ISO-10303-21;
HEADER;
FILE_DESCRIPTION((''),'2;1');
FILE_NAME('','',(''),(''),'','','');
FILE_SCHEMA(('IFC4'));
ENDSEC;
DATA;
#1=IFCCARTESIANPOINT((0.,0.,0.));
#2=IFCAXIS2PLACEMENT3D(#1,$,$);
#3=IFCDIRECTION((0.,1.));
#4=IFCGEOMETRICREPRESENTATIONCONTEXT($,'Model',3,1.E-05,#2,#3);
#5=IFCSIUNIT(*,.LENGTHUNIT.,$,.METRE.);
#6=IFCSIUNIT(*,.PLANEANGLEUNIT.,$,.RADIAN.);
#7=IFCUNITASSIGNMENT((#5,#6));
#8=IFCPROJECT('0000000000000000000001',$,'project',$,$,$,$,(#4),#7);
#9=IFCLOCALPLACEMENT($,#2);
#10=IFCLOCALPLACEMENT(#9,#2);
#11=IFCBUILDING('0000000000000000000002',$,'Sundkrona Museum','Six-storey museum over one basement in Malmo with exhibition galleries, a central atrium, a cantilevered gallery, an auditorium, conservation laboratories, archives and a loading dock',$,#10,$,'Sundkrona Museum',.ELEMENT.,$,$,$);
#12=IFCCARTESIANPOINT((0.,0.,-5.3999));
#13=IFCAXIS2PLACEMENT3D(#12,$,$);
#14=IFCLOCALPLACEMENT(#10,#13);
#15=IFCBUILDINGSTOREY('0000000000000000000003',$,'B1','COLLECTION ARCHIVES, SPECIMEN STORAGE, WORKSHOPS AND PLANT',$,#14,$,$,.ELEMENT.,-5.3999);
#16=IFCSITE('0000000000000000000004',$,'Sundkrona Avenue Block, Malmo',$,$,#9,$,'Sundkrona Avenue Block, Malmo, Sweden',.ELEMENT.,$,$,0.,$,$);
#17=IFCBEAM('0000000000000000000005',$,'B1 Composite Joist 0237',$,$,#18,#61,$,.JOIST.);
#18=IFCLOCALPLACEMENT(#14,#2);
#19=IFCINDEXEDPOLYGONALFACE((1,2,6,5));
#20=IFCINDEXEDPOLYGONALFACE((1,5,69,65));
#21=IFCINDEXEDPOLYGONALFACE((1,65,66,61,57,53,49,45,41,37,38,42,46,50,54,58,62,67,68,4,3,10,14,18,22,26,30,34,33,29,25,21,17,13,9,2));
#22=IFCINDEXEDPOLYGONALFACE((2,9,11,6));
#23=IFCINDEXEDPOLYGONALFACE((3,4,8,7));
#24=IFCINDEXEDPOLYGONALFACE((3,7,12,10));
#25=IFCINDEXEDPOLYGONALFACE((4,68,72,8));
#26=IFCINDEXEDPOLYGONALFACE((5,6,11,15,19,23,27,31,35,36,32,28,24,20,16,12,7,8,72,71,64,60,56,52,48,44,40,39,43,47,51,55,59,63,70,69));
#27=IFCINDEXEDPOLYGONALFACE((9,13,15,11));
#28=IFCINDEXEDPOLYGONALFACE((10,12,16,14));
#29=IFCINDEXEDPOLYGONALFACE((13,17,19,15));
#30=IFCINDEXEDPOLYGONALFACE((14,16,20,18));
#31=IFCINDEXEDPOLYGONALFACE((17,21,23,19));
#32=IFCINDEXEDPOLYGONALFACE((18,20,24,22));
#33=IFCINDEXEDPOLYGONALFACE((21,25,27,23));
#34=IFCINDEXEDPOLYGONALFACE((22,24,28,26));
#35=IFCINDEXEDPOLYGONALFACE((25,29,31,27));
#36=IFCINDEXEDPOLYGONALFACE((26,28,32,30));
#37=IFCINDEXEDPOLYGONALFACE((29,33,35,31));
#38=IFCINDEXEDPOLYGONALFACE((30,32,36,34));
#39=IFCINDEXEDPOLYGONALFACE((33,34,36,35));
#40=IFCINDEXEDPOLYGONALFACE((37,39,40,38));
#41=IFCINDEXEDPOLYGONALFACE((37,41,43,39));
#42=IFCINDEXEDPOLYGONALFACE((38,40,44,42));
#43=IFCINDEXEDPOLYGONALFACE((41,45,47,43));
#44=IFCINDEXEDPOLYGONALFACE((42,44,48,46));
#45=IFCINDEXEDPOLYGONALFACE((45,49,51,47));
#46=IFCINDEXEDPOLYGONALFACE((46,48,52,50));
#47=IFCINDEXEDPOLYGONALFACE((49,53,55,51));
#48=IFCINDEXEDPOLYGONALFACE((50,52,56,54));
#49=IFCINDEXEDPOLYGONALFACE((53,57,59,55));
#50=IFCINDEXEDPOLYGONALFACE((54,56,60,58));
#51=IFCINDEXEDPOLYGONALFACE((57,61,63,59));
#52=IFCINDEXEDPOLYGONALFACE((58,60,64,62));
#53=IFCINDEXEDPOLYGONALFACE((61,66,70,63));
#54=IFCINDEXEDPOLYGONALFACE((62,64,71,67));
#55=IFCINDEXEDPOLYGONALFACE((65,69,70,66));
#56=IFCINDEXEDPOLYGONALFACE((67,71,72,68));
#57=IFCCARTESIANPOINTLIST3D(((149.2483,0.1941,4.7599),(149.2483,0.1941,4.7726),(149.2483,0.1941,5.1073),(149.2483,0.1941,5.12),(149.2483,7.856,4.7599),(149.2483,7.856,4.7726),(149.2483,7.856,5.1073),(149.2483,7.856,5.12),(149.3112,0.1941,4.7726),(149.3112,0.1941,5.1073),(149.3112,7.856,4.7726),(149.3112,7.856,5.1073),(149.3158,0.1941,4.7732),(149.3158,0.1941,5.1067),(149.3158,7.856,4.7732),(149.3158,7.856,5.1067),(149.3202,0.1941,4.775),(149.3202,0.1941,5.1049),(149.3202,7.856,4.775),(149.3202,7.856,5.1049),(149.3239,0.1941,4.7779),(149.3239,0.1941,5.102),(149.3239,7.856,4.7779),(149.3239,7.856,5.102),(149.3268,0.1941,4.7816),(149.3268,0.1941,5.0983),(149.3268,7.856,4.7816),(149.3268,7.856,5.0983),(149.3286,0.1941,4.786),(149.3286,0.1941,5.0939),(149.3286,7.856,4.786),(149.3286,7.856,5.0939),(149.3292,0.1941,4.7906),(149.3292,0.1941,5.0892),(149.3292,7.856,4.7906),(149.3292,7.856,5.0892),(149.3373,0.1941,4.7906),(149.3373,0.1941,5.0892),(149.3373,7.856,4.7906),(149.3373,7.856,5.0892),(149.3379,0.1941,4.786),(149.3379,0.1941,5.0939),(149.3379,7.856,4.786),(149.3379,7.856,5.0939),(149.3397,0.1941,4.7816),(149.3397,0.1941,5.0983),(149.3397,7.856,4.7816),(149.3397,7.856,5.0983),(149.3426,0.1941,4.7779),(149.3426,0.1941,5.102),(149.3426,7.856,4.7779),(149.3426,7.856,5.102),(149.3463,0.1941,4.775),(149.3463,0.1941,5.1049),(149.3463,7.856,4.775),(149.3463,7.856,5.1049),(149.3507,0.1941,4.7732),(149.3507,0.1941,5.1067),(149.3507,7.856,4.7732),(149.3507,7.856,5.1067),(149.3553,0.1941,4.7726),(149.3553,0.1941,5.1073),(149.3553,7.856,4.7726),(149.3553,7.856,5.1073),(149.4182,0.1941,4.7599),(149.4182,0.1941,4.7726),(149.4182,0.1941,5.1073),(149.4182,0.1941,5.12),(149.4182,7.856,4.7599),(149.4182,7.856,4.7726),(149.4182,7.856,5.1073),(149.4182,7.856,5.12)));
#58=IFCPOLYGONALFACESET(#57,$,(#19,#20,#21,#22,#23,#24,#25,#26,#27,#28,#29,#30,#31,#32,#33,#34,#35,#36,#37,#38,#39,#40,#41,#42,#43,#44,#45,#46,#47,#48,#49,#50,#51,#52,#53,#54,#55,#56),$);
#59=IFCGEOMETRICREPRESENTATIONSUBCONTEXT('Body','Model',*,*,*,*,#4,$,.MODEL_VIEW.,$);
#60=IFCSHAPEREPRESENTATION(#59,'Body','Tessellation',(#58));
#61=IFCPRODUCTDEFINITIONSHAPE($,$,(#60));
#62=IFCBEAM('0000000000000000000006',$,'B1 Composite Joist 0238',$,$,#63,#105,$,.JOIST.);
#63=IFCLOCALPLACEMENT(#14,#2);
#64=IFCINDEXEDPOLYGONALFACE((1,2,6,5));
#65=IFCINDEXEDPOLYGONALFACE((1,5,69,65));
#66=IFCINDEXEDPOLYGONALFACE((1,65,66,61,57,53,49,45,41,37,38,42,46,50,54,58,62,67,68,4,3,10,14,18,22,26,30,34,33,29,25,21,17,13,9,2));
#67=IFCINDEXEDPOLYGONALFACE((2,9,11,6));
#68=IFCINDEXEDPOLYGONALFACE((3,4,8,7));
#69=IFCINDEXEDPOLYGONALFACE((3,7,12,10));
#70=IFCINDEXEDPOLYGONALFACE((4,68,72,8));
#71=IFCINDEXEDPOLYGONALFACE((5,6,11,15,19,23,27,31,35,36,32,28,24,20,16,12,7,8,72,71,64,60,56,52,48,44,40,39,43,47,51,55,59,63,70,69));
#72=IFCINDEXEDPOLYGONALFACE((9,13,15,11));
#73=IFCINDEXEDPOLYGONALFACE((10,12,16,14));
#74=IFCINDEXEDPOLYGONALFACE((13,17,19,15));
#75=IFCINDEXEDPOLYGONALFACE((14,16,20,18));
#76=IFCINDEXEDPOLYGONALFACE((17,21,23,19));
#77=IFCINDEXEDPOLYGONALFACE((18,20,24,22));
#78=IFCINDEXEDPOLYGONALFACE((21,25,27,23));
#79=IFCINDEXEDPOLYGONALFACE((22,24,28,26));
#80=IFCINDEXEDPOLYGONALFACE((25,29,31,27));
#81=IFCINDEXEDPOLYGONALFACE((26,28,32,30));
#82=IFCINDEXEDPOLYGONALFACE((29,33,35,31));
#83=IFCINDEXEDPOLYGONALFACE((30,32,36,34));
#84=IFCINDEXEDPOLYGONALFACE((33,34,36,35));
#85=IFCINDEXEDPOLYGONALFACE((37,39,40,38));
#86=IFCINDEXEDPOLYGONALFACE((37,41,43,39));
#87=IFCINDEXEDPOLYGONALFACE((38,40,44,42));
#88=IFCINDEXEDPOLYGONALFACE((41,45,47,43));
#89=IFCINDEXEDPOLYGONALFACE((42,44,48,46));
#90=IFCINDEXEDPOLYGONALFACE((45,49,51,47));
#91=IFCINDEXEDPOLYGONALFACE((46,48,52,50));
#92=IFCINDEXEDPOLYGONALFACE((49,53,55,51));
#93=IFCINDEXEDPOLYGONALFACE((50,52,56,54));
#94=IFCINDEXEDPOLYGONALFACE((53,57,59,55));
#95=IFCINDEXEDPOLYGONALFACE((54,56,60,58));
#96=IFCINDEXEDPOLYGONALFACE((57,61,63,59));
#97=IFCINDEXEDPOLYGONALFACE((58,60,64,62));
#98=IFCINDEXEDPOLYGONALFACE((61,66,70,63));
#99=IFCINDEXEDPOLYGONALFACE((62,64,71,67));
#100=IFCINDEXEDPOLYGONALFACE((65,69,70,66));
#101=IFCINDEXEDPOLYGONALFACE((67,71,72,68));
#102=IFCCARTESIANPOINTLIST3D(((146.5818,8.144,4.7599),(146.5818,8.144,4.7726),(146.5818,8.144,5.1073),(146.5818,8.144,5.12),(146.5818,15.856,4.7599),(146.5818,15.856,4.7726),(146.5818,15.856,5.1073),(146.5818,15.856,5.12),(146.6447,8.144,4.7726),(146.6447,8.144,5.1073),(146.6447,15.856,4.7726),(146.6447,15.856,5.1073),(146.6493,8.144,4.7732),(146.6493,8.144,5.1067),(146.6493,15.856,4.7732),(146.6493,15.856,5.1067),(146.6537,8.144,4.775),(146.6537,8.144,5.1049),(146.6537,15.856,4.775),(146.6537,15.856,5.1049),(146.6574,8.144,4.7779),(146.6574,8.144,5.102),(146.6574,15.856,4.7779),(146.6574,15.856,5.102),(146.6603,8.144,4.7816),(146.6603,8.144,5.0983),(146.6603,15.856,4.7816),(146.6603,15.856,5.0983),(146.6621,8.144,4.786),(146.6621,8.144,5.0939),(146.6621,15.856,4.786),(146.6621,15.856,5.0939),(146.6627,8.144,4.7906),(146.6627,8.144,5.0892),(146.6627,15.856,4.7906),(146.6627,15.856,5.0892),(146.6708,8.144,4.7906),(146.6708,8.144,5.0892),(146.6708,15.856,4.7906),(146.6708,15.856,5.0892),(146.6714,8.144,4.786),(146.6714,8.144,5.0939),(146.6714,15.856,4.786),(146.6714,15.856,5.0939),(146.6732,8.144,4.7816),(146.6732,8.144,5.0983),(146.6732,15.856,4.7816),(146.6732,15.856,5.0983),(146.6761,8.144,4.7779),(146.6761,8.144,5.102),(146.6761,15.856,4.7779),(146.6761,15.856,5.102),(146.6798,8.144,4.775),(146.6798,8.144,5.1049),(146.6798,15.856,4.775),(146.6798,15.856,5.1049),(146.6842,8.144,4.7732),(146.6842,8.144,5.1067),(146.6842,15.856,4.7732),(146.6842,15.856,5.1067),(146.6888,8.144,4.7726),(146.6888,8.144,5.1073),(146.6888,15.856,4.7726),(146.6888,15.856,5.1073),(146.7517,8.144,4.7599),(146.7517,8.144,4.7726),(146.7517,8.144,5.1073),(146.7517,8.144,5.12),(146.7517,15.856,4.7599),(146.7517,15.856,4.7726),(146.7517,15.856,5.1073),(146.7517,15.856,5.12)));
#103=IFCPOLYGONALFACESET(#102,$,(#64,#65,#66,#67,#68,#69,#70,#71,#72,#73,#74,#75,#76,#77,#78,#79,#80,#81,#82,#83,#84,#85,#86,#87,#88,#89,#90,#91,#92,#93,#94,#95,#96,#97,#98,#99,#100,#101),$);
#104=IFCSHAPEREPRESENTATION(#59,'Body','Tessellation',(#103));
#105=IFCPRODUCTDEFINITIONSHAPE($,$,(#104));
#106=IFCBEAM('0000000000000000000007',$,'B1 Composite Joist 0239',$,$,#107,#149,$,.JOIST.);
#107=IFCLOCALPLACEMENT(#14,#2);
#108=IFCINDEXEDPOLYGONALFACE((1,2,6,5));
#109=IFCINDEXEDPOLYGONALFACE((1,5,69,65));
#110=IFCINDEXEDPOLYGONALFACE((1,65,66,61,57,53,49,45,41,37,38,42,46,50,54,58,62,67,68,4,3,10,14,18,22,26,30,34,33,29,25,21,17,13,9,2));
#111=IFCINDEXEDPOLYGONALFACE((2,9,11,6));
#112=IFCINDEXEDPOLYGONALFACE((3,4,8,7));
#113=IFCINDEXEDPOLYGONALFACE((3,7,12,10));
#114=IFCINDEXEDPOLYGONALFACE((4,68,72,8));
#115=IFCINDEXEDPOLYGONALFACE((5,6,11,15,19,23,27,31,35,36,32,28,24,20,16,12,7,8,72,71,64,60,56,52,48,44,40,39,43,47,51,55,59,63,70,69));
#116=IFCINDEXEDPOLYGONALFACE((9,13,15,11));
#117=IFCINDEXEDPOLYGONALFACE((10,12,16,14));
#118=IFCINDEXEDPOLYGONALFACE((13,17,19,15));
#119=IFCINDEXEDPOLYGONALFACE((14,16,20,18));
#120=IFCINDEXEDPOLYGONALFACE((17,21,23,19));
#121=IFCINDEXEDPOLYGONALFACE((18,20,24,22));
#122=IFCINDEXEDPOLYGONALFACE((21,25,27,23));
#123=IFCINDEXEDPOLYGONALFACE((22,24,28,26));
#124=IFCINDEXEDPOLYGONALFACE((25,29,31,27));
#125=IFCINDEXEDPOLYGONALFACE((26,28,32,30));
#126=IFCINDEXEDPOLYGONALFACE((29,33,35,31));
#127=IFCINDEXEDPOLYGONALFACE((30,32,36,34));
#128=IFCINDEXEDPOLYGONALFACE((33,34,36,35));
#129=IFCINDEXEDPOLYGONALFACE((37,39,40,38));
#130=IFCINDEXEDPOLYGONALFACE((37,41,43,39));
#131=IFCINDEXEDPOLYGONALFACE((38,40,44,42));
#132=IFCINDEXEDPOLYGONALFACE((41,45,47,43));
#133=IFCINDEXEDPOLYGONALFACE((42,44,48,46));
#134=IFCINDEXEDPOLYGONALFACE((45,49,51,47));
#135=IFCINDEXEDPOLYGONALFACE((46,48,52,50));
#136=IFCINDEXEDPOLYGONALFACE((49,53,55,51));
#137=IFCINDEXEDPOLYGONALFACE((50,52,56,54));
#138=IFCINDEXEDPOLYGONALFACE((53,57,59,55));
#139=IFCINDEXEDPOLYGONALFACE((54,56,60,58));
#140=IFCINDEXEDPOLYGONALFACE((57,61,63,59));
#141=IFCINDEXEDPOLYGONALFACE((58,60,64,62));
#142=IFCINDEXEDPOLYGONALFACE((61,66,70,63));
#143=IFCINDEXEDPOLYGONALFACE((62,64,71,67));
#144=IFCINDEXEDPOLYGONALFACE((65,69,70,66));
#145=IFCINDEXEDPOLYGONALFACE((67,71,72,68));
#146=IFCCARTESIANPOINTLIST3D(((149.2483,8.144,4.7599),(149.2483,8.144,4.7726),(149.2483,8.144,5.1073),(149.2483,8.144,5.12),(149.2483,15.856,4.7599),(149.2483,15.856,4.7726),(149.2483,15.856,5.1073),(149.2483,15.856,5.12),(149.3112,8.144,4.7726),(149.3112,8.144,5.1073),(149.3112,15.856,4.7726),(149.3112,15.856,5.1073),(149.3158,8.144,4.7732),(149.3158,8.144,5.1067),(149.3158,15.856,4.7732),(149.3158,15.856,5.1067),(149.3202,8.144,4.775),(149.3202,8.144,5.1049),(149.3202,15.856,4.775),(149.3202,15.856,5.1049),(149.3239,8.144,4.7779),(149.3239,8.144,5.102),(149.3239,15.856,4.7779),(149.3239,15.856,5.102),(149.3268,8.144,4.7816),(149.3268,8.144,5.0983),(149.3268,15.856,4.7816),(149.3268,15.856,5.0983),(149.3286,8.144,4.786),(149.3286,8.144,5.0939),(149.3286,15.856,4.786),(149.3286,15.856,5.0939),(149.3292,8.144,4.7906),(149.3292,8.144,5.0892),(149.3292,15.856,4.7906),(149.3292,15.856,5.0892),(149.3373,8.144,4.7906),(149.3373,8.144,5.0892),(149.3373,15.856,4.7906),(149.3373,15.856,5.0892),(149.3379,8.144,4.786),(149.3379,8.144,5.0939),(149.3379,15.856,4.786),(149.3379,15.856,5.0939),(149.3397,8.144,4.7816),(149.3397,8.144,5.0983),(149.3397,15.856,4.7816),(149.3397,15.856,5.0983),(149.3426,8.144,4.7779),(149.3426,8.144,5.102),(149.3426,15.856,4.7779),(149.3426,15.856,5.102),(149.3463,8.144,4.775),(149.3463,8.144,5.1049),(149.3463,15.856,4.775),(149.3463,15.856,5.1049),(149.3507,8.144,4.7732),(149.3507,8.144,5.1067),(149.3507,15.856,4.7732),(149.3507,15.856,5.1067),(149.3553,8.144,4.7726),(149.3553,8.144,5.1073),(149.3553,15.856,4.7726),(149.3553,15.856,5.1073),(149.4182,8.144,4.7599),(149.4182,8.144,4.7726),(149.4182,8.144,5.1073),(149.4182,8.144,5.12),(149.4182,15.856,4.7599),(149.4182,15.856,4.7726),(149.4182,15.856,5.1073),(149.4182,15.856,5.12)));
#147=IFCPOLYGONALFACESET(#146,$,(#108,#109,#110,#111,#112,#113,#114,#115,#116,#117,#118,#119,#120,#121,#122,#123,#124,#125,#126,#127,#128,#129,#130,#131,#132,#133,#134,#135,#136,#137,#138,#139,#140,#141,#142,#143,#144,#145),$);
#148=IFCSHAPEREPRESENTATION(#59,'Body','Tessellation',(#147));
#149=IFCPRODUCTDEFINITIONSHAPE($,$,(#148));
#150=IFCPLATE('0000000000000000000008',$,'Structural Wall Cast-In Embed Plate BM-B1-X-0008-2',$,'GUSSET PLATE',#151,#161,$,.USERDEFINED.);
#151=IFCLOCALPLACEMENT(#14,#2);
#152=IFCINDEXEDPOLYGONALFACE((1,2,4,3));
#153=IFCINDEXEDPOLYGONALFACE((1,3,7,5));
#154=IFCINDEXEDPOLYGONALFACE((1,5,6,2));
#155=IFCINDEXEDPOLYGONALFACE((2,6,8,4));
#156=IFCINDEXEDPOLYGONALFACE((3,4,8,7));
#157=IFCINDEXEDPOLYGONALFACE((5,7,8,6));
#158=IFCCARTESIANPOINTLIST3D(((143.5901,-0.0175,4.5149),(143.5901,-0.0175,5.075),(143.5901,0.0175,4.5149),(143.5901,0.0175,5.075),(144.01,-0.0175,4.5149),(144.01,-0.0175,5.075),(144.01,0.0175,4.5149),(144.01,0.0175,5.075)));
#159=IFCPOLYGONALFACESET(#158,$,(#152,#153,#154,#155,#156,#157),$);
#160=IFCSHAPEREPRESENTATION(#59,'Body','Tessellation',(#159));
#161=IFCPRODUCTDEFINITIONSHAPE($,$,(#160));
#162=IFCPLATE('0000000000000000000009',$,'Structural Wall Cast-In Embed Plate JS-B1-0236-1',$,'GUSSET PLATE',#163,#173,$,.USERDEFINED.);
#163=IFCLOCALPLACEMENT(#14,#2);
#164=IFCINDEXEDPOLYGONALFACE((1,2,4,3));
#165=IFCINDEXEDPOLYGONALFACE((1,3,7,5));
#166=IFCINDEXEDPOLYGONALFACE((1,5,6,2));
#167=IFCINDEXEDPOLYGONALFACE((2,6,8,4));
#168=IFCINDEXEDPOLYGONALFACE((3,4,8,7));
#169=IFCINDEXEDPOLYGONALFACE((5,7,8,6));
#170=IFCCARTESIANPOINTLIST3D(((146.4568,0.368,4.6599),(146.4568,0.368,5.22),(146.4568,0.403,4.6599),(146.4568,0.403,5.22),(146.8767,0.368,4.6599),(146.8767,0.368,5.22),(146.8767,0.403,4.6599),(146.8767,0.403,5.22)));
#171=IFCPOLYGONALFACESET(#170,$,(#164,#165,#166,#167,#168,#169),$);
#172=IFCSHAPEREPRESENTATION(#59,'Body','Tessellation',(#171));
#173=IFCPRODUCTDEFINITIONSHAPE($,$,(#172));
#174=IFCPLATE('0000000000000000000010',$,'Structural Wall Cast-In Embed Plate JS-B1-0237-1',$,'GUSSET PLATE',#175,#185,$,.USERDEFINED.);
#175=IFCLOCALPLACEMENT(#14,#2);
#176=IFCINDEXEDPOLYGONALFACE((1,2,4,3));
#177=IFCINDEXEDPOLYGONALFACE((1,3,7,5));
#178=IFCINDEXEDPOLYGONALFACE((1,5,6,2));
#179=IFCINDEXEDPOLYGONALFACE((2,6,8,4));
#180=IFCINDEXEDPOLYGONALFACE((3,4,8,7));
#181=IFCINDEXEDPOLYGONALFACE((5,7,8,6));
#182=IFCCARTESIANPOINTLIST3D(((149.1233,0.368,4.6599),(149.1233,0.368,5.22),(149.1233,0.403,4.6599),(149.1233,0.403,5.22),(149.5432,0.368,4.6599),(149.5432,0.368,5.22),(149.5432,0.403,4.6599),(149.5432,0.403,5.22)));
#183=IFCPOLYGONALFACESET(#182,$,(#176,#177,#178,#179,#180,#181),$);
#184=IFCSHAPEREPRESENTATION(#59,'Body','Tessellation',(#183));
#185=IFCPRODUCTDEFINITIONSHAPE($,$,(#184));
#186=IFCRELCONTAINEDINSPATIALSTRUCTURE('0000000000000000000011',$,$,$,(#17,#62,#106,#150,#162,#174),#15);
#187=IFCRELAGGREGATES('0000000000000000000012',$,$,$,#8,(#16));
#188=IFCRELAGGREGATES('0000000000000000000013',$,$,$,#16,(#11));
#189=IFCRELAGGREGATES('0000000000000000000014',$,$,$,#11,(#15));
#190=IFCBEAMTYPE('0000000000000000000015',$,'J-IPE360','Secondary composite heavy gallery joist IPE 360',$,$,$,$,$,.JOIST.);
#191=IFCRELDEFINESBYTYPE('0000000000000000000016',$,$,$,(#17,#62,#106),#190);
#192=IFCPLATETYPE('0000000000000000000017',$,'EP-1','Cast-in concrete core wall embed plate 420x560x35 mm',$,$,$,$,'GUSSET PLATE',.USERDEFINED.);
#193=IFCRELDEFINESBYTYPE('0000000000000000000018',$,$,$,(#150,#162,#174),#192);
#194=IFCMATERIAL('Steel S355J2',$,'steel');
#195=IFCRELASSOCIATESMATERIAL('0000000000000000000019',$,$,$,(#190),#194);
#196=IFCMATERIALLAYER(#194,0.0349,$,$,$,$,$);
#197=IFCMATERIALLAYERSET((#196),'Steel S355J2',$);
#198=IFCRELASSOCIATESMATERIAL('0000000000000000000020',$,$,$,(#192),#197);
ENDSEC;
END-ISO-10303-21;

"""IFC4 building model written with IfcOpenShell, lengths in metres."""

from ifc_helpers import new_model, si_unit, direction, frame, origin, origin_2d, place, context, subcontext, project, spatial, rectangle, i_section, extrude, material, layer, layer_set, material_profile, profile_set, type_object, element, save


model = new_model("IFC4")

# Units and contexts
model_context = context("Model", 3, precision=1e-05, world=origin(), true_north=direction((0.0, 1.0)))
body_context = subcontext(model_context, "Body", "Model", "MODEL_VIEW")
ifc_project = project(units=[si_unit("LENGTHUNIT", "METRE"), si_unit("PLANEANGLEUNIT", "RADIAN")], contexts=[model_context])

# Site, building, storey
site_placement = place(None, origin())
site = spatial("IfcSite", under=ifc_project, at=site_placement, Name="Sundkrona Avenue Block, Malmo", LongName="Sundkrona Avenue Block, Malmo, Sweden", CompositionType="ELEMENT", RefElevation=0.0)
building_placement = place(site_placement, origin())
building = spatial("IfcBuilding", under=site, at=building_placement, Name="Sundkrona Museum", Description="Six-storey museum over one basement in Malmo with exhibition galleries, a central atrium, a cantilevered gallery, an auditorium, conservation laboratories, archives and a loading dock", LongName="Sundkrona Museum", CompositionType="ELEMENT")
storey_placement = place(building_placement, frame((0.0, 0.0, -5.3999)))
storey = spatial("IfcBuildingStorey", under=building, at=storey_placement, Name="B1", Description="COLLECTION ARCHIVES, SPECIMEN STORAGE, WORKSHOPS AND PLANT", CompositionType="ELEMENT", Elevation=-5.3999)

# Beams
ifc_material_1 = material(Name="Steel S355J2", Category="steel")
ifc_material_profile_1 = material_profile(ifc_material_1, i_section(OverallWidth=0.1699, OverallDepth=0.3601, WebThickness=0.0081, FlangeThickness=0.0127, FilletRadius=0.0181, at=origin_2d()), Name="IPE 360")
ifc_profile_set_1 = profile_set([ifc_material_profile_1], Name="Steel S355J2")
beam_type_1 = type_object("IfcBeamType", Name="J-IPE360", Description="Secondary composite heavy gallery joist IPE 360", PredefinedType="JOIST", material=ifc_profile_set_1)
for number, where, z_axis, x_axis, name in (
    (1, (149.3333, 0.1941, 4.9399), (0.0, 1.0, 0.0), (-1.0, 0.0, 0.0), "B1 Composite Joist 0237"),
):
    element("IfcBeam", number, at=place(storey_placement, frame(where, z_axis=z_axis, x_axis=x_axis)), inside=storey, type_object=beam_type_1, Name=name, PredefinedType="JOIST", context=body_context, shape_type="SweptSolid", body=[
        extrude(i_section(OverallWidth=0.1699, OverallDepth=0.3601, WebThickness=0.0081, FlangeThickness=0.0127, FilletRadius=0.0181, at=origin_2d()), origin(), (0.0, 0.0, 1.0), 7.6619),
    ])
for number, where, z_axis, x_axis, name in (
    (2, (146.6667, 8.144, 4.9399), (0.0, 1.0, 0.0), (-1.0, 0.0, 0.0), "B1 Composite Joist 0238"),
    (3, (149.3333, 8.144, 4.9399), (0.0, 1.0, 0.0), (-1.0, 0.0, 0.0), "B1 Composite Joist 0239"),
):
    element("IfcBeam", number, at=place(storey_placement, frame(where, z_axis=z_axis, x_axis=x_axis)), inside=storey, type_object=beam_type_1, Name=name, PredefinedType="JOIST", context=body_context, shape_type="SweptSolid", body=[
        extrude(i_section(OverallWidth=0.1699, OverallDepth=0.3601, WebThickness=0.0081, FlangeThickness=0.0127, FilletRadius=0.0181, at=origin_2d()), origin(), (0.0, 0.0, 1.0), 7.7119),
    ])

# Plates
ifc_layer = layer(ifc_material_1, 0.0349)
ifc_layer_set = layer_set([ifc_layer], Name="Steel S355J2")
plate_type = type_object("IfcPlateType", Name="EP-1", Description="Cast-in concrete core wall embed plate 420x560x35 mm", ElementType="GUSSET PLATE", PredefinedType="USERDEFINED", material=ifc_layer_set)
for number, where, z_axis, x_axis, name in (
    (4, (143.8, 0.0, 4.5149), (0.0, 0.0, 1.0), (1.0, 0.0, 0.0), "Structural Wall Cast-In Embed Plate BM-B1-X-0008-2"),
    (5, (146.6667, 0.3855, 4.6599), (0.0, 0.0, 1.0), (1.0, 0.0, 0.0), "Structural Wall Cast-In Embed Plate JS-B1-0236-1"),
    (6, (149.3333, 0.3855, 4.6599), (0.0, 0.0, 1.0), (1.0, 0.0, 0.0), "Structural Wall Cast-In Embed Plate JS-B1-0237-1"),
):
    element("IfcPlate", number, at=place(storey_placement, frame(where, z_axis=z_axis, x_axis=x_axis)), inside=storey, type_object=plate_type, Name=name, ObjectType="GUSSET PLATE", PredefinedType="USERDEFINED", context=body_context, shape_type="SweptSolid", body=[
        extrude(rectangle(XDim=0.4199, YDim=0.0349, at=origin_2d()), origin(), (0.0, 0.0, 1.0), 0.5601),
    ])

save(model, "model.ifc")
